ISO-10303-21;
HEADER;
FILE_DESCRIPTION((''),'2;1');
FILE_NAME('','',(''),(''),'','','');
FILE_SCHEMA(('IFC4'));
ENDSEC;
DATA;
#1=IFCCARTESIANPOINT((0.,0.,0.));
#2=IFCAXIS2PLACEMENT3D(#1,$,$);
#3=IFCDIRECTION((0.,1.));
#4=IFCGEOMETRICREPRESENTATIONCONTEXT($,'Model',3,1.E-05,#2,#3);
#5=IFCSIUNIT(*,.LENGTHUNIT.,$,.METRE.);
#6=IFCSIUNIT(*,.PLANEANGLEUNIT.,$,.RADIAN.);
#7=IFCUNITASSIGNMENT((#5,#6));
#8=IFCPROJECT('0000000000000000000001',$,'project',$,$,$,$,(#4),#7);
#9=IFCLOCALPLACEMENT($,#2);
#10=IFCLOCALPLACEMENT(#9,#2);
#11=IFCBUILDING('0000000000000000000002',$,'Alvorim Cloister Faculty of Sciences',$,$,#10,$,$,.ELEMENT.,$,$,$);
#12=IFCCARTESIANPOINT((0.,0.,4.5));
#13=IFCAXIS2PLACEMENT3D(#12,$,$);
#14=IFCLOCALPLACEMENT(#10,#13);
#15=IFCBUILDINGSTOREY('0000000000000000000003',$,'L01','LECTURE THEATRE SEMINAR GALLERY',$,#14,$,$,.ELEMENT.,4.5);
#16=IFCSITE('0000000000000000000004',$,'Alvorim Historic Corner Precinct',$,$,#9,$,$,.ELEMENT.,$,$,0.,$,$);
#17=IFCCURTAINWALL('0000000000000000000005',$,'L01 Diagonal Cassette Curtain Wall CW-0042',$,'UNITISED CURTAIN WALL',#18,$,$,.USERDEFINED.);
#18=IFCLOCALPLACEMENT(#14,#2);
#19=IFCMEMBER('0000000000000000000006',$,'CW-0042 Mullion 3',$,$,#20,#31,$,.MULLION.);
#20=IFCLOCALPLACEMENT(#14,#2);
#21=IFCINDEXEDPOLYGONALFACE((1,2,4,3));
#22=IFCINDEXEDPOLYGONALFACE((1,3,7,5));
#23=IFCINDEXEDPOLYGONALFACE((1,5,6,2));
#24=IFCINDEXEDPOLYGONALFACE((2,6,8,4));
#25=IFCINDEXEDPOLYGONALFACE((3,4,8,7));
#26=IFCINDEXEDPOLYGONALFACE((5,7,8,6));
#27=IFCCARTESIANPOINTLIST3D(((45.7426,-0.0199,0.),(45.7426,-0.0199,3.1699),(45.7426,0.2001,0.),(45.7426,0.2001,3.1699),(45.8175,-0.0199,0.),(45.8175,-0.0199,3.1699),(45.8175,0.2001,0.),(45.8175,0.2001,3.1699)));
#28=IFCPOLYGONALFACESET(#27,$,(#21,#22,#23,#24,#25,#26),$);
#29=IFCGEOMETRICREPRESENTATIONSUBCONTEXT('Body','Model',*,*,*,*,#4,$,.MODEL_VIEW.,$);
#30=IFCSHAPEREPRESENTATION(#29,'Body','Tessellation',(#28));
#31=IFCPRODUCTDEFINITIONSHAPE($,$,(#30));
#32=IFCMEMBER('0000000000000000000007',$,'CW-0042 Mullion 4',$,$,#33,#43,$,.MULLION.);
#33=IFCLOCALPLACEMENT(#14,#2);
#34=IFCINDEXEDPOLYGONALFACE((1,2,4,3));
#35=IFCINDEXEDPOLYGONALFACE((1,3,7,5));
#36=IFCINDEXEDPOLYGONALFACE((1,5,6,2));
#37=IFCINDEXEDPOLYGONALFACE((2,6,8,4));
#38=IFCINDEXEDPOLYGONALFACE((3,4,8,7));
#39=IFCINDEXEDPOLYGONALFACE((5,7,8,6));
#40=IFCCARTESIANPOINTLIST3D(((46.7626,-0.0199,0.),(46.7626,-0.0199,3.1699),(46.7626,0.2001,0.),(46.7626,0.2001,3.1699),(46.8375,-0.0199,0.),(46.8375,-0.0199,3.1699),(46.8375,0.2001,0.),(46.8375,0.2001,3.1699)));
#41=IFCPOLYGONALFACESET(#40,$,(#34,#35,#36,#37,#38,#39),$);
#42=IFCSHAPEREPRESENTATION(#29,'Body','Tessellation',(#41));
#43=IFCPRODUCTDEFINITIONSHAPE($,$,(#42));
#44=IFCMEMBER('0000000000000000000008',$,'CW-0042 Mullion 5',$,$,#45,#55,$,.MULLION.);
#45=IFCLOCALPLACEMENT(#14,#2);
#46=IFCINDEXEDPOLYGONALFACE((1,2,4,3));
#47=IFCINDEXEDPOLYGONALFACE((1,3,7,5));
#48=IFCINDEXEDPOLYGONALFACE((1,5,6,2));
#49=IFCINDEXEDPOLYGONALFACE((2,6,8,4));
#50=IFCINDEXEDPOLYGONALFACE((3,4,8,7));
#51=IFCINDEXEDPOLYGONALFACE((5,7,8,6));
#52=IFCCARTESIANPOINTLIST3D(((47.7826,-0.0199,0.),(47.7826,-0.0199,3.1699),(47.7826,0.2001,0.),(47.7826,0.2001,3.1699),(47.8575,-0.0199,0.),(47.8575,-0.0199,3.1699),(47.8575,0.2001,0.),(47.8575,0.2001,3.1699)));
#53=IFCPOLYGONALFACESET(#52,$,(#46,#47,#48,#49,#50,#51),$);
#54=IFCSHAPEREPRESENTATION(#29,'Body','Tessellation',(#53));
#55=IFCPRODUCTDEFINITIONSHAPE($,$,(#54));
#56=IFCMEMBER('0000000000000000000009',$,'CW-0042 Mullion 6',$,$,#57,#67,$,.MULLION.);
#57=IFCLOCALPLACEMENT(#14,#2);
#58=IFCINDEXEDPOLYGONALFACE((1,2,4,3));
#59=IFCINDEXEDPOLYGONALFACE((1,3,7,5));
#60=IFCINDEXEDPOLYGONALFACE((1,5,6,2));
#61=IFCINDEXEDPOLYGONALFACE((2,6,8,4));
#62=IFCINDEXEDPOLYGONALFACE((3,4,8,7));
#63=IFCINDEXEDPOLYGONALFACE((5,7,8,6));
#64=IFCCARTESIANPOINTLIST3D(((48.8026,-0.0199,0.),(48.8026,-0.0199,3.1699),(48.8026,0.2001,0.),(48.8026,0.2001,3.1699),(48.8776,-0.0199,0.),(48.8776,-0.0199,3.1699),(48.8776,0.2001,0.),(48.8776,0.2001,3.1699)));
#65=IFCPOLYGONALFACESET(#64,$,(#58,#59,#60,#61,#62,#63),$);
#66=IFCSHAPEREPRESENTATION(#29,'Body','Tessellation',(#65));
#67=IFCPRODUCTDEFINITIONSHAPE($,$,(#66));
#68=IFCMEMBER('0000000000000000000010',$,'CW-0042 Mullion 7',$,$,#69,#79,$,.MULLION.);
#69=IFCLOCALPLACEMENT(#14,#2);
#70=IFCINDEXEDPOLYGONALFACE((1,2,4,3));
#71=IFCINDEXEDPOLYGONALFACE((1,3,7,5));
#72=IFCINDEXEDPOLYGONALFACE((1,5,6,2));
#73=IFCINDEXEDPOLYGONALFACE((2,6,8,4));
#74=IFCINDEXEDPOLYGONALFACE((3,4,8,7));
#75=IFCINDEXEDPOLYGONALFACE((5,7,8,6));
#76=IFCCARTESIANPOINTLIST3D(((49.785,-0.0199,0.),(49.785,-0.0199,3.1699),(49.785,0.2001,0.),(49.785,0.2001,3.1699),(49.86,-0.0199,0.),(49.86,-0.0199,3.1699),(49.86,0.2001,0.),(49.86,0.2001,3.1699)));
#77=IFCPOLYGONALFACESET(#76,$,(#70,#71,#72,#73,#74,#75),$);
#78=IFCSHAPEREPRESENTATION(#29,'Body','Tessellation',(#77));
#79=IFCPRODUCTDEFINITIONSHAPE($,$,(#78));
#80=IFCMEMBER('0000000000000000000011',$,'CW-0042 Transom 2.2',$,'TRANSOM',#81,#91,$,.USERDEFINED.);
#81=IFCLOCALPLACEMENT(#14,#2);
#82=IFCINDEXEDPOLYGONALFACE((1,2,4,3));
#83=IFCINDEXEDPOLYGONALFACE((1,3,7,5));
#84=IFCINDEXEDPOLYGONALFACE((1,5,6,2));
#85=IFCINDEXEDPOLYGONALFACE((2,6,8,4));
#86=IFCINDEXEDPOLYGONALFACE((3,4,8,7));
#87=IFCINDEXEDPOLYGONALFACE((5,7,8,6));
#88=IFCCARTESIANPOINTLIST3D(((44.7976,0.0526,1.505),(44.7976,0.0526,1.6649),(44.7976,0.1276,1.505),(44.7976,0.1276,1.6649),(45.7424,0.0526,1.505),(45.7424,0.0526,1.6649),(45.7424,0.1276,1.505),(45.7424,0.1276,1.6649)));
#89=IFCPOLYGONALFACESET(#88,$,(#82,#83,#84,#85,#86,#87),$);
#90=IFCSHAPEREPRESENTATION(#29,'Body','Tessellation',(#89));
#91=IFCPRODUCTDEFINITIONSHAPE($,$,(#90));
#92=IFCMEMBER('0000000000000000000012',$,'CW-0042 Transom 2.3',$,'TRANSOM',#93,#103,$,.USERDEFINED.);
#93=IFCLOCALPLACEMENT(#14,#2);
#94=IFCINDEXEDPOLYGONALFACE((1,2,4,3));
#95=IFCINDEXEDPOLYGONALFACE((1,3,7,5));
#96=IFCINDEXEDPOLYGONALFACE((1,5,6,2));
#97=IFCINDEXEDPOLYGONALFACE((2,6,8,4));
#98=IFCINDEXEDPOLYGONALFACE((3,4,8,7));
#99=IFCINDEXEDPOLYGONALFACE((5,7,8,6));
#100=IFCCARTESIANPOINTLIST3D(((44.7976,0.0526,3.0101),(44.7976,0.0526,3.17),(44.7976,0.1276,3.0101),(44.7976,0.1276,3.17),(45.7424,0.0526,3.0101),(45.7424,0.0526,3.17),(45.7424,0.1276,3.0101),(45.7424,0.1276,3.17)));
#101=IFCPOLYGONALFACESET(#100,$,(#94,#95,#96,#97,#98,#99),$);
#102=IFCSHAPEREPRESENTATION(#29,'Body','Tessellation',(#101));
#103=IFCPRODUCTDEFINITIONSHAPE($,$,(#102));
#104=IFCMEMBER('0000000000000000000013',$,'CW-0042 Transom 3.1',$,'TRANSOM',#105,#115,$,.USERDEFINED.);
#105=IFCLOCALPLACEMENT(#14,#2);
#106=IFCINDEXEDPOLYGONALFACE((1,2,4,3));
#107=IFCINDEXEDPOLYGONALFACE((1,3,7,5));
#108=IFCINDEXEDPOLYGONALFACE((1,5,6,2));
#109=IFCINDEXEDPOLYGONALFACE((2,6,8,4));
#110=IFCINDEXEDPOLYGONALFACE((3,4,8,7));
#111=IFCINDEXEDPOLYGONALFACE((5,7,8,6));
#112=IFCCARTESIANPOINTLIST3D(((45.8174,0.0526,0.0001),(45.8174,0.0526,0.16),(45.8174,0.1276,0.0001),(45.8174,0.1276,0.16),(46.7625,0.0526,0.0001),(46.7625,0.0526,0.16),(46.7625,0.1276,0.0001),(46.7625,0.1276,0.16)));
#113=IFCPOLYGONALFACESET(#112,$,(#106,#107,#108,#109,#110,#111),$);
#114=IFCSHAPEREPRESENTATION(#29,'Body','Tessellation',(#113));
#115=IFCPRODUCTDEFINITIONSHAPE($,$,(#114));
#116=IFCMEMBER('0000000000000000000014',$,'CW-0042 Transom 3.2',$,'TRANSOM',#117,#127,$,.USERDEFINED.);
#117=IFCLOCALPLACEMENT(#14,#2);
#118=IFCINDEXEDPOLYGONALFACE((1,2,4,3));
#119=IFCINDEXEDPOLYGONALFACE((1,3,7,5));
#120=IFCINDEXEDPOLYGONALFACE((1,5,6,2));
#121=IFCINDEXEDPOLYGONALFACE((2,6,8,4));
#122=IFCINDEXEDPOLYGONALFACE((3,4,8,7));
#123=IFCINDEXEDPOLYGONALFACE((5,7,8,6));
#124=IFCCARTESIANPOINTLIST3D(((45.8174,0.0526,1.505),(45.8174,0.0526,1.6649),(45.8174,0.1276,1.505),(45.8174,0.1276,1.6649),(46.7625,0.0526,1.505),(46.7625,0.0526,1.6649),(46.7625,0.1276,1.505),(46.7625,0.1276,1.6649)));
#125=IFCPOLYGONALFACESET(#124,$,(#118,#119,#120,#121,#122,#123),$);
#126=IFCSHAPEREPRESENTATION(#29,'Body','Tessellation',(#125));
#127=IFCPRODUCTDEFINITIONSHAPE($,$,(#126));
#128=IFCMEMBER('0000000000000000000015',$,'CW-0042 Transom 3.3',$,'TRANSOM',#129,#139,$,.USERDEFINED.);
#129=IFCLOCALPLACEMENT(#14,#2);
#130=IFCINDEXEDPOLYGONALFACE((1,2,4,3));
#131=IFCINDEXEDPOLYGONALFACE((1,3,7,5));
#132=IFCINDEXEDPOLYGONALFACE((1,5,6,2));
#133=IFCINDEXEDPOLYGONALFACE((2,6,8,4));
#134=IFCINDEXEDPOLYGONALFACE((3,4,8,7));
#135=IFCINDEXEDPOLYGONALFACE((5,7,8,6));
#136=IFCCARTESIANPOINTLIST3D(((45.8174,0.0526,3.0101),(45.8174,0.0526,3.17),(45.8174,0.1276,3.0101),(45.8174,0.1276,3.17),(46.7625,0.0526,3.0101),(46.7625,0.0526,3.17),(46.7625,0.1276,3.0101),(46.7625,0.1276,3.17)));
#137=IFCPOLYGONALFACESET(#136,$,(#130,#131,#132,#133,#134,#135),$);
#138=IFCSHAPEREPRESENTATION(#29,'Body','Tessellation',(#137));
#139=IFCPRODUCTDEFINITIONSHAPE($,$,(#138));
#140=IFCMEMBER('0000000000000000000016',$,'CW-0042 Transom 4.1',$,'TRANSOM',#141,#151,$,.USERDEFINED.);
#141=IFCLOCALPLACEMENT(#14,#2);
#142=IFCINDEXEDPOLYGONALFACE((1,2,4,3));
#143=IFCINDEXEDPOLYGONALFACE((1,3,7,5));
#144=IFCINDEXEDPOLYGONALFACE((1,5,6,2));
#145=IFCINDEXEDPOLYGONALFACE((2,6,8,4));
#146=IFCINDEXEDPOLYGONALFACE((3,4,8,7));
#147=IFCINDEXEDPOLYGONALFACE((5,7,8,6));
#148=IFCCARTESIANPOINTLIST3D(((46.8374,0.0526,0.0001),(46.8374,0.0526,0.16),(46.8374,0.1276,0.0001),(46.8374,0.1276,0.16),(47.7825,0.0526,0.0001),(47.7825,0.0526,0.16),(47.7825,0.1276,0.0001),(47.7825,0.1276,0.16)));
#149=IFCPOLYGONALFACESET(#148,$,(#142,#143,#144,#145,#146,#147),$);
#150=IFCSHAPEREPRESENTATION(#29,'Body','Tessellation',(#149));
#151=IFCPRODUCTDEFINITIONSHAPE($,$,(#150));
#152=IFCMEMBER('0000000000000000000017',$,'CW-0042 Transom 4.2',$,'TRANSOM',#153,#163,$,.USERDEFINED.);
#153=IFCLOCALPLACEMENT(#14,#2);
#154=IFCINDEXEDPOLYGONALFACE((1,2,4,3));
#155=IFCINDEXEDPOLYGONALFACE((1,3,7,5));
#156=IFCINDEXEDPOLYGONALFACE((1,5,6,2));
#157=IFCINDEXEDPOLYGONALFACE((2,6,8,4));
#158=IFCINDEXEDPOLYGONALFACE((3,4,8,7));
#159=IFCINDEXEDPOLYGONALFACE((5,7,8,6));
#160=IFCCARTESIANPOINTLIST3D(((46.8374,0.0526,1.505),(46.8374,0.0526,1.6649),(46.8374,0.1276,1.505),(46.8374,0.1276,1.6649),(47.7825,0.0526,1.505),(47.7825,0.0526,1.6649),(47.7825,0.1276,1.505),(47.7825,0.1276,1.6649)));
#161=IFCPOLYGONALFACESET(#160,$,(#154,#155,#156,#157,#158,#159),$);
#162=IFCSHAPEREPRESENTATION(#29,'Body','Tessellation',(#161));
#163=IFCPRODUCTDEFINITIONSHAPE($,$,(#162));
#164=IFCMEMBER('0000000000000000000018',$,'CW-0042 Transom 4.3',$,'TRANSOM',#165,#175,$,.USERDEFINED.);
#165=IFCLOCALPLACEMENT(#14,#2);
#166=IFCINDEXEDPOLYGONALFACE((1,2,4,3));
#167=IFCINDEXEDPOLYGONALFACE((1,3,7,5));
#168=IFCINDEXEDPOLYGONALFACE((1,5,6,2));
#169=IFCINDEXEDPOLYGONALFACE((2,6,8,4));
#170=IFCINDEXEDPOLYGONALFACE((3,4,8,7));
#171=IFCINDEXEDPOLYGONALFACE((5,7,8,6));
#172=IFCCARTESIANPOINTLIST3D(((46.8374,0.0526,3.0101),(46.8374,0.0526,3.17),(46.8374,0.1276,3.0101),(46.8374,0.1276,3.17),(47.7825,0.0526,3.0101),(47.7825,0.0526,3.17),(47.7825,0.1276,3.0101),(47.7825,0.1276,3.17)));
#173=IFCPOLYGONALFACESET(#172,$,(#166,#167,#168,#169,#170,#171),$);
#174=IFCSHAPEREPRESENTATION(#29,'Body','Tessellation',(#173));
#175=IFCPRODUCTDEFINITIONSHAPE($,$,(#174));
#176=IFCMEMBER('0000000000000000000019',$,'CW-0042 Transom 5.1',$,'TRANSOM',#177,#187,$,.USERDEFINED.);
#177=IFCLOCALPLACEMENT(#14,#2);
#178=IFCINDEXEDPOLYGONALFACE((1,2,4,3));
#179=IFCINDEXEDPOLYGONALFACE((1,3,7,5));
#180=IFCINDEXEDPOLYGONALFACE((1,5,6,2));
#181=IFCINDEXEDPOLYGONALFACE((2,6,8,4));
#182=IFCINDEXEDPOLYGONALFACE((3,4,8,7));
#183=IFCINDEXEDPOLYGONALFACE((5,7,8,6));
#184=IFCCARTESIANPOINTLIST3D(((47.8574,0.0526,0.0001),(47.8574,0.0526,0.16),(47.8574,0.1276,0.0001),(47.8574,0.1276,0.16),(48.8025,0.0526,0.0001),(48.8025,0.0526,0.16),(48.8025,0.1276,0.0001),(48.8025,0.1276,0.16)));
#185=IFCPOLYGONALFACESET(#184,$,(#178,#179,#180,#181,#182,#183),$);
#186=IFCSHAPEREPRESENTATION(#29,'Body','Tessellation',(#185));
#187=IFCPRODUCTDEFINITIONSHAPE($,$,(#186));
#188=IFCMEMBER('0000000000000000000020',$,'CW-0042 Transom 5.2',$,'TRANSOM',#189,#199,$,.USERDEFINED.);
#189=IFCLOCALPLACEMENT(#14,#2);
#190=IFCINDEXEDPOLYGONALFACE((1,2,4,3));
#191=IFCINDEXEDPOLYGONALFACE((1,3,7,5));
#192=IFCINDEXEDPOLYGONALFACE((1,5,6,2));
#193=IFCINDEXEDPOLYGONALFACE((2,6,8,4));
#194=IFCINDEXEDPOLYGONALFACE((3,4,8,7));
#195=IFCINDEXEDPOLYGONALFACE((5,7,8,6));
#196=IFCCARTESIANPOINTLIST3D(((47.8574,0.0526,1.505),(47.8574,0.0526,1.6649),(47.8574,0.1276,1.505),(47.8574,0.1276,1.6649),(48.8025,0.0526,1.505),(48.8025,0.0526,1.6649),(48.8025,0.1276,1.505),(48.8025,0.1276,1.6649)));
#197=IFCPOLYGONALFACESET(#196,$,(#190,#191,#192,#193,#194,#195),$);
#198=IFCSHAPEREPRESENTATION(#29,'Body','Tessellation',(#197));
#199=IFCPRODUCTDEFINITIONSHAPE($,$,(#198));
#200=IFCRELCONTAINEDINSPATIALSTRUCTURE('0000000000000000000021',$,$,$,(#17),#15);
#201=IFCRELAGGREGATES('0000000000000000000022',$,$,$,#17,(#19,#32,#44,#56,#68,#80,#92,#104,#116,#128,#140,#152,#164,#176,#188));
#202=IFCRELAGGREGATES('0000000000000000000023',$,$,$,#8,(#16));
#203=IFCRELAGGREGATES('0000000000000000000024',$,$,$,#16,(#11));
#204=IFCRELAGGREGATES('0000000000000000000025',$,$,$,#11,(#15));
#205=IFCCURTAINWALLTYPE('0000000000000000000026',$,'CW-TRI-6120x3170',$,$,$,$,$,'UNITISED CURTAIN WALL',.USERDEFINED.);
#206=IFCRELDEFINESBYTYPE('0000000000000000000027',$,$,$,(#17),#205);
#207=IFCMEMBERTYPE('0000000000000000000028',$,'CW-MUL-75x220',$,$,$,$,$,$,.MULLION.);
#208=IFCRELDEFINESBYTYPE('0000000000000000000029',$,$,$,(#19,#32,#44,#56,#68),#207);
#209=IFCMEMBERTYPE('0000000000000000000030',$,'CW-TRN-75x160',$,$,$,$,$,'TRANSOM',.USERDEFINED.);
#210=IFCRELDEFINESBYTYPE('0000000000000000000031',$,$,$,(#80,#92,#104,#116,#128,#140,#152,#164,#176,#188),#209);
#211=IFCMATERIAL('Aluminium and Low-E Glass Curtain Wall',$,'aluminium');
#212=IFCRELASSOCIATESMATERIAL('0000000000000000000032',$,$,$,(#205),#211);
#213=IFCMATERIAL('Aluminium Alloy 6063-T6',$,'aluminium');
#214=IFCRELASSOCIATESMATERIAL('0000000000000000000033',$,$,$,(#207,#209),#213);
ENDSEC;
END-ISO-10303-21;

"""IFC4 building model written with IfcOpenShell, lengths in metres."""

from ifc_helpers import new_model, si_unit, direction, frame, origin, origin_2d, place, context, subcontext, project, spatial, rectangle, extrude, material, material_profile, profile_set, type_object, element, aggregate, save


model = new_model("IFC4")

# Units and contexts
model_context = context("Model", 3, precision=1e-05, world=origin(), true_north=direction((0.0, 1.0)))
body_context = subcontext(model_context, "Body", "Model", "MODEL_VIEW")
ifc_project = project(units=[si_unit("LENGTHUNIT", "METRE"), si_unit("PLANEANGLEUNIT", "RADIAN")], contexts=[model_context])

# Site, building, storey
site_placement = place(None, origin())
site = spatial("IfcSite", under=ifc_project, at=site_placement, Name="Alvorim Historic Corner Precinct", CompositionType="ELEMENT", RefElevation=0.0)
building_placement = place(site_placement, origin())
building = spatial("IfcBuilding", under=site, at=building_placement, Name="Alvorim Cloister Faculty of Sciences", CompositionType="ELEMENT")
storey_placement = place(building_placement, frame((0.0, 0.0, 4.5)))
storey = spatial("IfcBuildingStorey", under=building, at=storey_placement, Name="L01", Description="LECTURE THEATRE SEMINAR GALLERY", CompositionType="ELEMENT", Elevation=4.5)

# Curtain wall, members
ifc_material_1 = material(Name="Aluminium and Low-E Glass Curtain Wall", Category="aluminium")
curtain_wall_type = type_object("IfcCurtainWallType", Name="CW-TRI-6120x3170", ElementType="UNITISED CURTAIN WALL", PredefinedType="USERDEFINED", material=ifc_material_1)
curtain_wall_placement = place(storey_placement, origin())
curtain_wall = element("IfcCurtainWall", 1, at=curtain_wall_placement, inside=storey, type_object=curtain_wall_type, Name="L01 Diagonal Cassette Curtain Wall CW-0042", ObjectType="UNITISED CURTAIN WALL", PredefinedType="USERDEFINED")
ifc_material_2 = material(Name="Aluminium Alloy 6063-T6", Category="aluminium")
ifc_material_profile_1 = material_profile(ifc_material_2, rectangle(XDim=0.075, YDim=0.22, at=origin_2d()), Name="ALU-MUL-75x220")
ifc_profile_set_1 = profile_set([ifc_material_profile_1], Name="Aluminium Alloy 6063-T6")
member_type_1 = type_object("IfcMemberType", Name="CW-MUL-75x220", PredefinedType="MULLION", material=ifc_profile_set_1)
member_1_placement = place(storey_placement, frame((45.78, 0.0901, 0.0), z_axis=(0.0, 0.0, 1.0), x_axis=(1.0, 0.0, 0.0)))
member_1 = element("IfcMember", 2, at=member_1_placement, type_object=member_type_1, Name="CW-0042 Mullion 3", PredefinedType="MULLION", context=body_context, shape_type="SweptSolid", body=[
    extrude(rectangle(XDim=0.075, YDim=0.22, at=origin_2d()), origin(), (0.0, 0.0, 1.0), 3.1699),
])
member_2_placement = place(storey_placement, frame((46.8, 0.0901, 0.0), z_axis=(0.0, 0.0, 1.0), x_axis=(1.0, 0.0, 0.0)))
member_2 = element("IfcMember", 3, at=member_2_placement, type_object=member_type_1, Name="CW-0042 Mullion 4", PredefinedType="MULLION", context=body_context, shape_type="SweptSolid", body=[
    extrude(rectangle(XDim=0.075, YDim=0.22, at=origin_2d()), origin(), (0.0, 0.0, 1.0), 3.1699),
])
member_3_placement = place(storey_placement, frame((47.8201, 0.0901, 0.0), z_axis=(0.0, 0.0, 1.0), x_axis=(1.0, 0.0, 0.0)))
member_3 = element("IfcMember", 4, at=member_3_placement, type_object=member_type_1, Name="CW-0042 Mullion 5", PredefinedType="MULLION", context=body_context, shape_type="SweptSolid", body=[
    extrude(rectangle(XDim=0.075, YDim=0.22, at=origin_2d()), origin(), (0.0, 0.0, 1.0), 3.1699),
])
member_4_placement = place(storey_placement, frame((48.8401, 0.0901, 0.0), z_axis=(0.0, 0.0, 1.0), x_axis=(1.0, 0.0, 0.0)))
member_4 = element("IfcMember", 5, at=member_4_placement, type_object=member_type_1, Name="CW-0042 Mullion 6", PredefinedType="MULLION", context=body_context, shape_type="SweptSolid", body=[
    extrude(rectangle(XDim=0.075, YDim=0.22, at=origin_2d()), origin(), (0.0, 0.0, 1.0), 3.1699),
])
member_5_placement = place(storey_placement, frame((49.8225, 0.0901, 0.0), z_axis=(0.0, 0.0, 1.0), x_axis=(1.0, 0.0, 0.0)))
member_5 = element("IfcMember", 6, at=member_5_placement, type_object=member_type_1, Name="CW-0042 Mullion 7", PredefinedType="MULLION", context=body_context, shape_type="SweptSolid", body=[
    extrude(rectangle(XDim=0.075, YDim=0.22, at=origin_2d()), origin(), (0.0, 0.0, 1.0), 3.1699),
])
ifc_material_profile_2 = material_profile(ifc_material_2, rectangle(XDim=0.075, YDim=0.1599, at=origin_2d()), Name="ALU-TRN-75x160")
ifc_profile_set_2 = profile_set([ifc_material_profile_2], Name="Aluminium Alloy 6063-T6")
member_type_2 = type_object("IfcMemberType", Name="CW-TRN-75x160", ElementType="TRANSOM", PredefinedType="USERDEFINED", material=ifc_profile_set_2)
member_6_placement = place(storey_placement, frame((44.7976, 0.0901, 1.585), z_axis=(1.0, 0.0, 0.0), x_axis=(0.0, 1.0, 0.0)))
member_6 = element("IfcMember", 7, at=member_6_placement, type_object=member_type_2, Name="CW-0042 Transom 2.2", ObjectType="TRANSOM", PredefinedType="USERDEFINED", context=body_context, shape_type="SweptSolid", body=[
    extrude(rectangle(XDim=0.075, YDim=0.1599, at=origin_2d()), origin(), (0.0, 0.0, 1.0), 0.9448),
])
member_7_placement = place(storey_placement, frame((44.7976, 0.0901, 3.0901), z_axis=(1.0, 0.0, 0.0), x_axis=(0.0, 1.0, 0.0)))
member_7 = element("IfcMember", 8, at=member_7_placement, type_object=member_type_2, Name="CW-0042 Transom 2.3", ObjectType="TRANSOM", PredefinedType="USERDEFINED", context=body_context, shape_type="SweptSolid", body=[
    extrude(rectangle(XDim=0.075, YDim=0.1599, at=origin_2d()), origin(), (0.0, 0.0, 1.0), 0.9448),
])
member_8_placement = place(storey_placement, frame((45.8174, 0.0901, 0.0801), z_axis=(1.0, 0.0, 0.0), x_axis=(0.0, 1.0, 0.0)))
member_8 = element("IfcMember", 9, at=member_8_placement, type_object=member_type_2, Name="CW-0042 Transom 3.1", ObjectType="TRANSOM", PredefinedType="USERDEFINED", context=body_context, shape_type="SweptSolid", body=[
    extrude(rectangle(XDim=0.075, YDim=0.1599, at=origin_2d()), origin(), (0.0, 0.0, 1.0), 0.9451),
])
member_9_placement = place(storey_placement, frame((45.8174, 0.0901, 1.585), z_axis=(1.0, 0.0, 0.0), x_axis=(0.0, 1.0, 0.0)))
member_9 = element("IfcMember", 10, at=member_9_placement, type_object=member_type_2, Name="CW-0042 Transom 3.2", ObjectType="TRANSOM", PredefinedType="USERDEFINED", context=body_context, shape_type="SweptSolid", body=[
    extrude(rectangle(XDim=0.075, YDim=0.1599, at=origin_2d()), origin(), (0.0, 0.0, 1.0), 0.9451),
])
member_10_placement = place(storey_placement, frame((45.8174, 0.0901, 3.0901), z_axis=(1.0, 0.0, 0.0), x_axis=(0.0, 1.0, 0.0)))
member_10 = element("IfcMember", 11, at=member_10_placement, type_object=member_type_2, Name="CW-0042 Transom 3.3", ObjectType="TRANSOM", PredefinedType="USERDEFINED", context=body_context, shape_type="SweptSolid", body=[
    extrude(rectangle(XDim=0.075, YDim=0.1599, at=origin_2d()), origin(), (0.0, 0.0, 1.0), 0.9451),
])
member_11_placement = place(storey_placement, frame((46.8374, 0.0901, 0.0801), z_axis=(1.0, 0.0, 0.0), x_axis=(0.0, 1.0, 0.0)))
member_11 = element("IfcMember", 12, at=member_11_placement, type_object=member_type_2, Name="CW-0042 Transom 4.1", ObjectType="TRANSOM", PredefinedType="USERDEFINED", context=body_context, shape_type="SweptSolid", body=[
    extrude(rectangle(XDim=0.075, YDim=0.1599, at=origin_2d()), origin(), (0.0, 0.0, 1.0), 0.9451),
])
member_12_placement = place(storey_placement, frame((46.8374, 0.0901, 1.585), z_axis=(1.0, 0.0, 0.0), x_axis=(0.0, 1.0, 0.0)))
member_12 = element("IfcMember", 13, at=member_12_placement, type_object=member_type_2, Name="CW-0042 Transom 4.2", ObjectType="TRANSOM", PredefinedType="USERDEFINED", context=body_context, shape_type="SweptSolid", body=[
    extrude(rectangle(XDim=0.075, YDim=0.1599, at=origin_2d()), origin(), (0.0, 0.0, 1.0), 0.9451),
])
member_13_placement = place(storey_placement, frame((46.8374, 0.0901, 3.0901), z_axis=(1.0, 0.0, 0.0), x_axis=(0.0, 1.0, 0.0)))
member_13 = element("IfcMember", 14, at=member_13_placement, type_object=member_type_2, Name="CW-0042 Transom 4.3", ObjectType="TRANSOM", PredefinedType="USERDEFINED", context=body_context, shape_type="SweptSolid", body=[
    extrude(rectangle(XDim=0.075, YDim=0.1599, at=origin_2d()), origin(), (0.0, 0.0, 1.0), 0.9451),
])
member_14_placement = place(storey_placement, frame((47.8574, 0.0901, 0.0801), z_axis=(1.0, 0.0, 0.0), x_axis=(0.0, 1.0, 0.0)))
member_14 = element("IfcMember", 15, at=member_14_placement, type_object=member_type_2, Name="CW-0042 Transom 5.1", ObjectType="TRANSOM", PredefinedType="USERDEFINED", context=body_context, shape_type="SweptSolid", body=[
    extrude(rectangle(XDim=0.075, YDim=0.1599, at=origin_2d()), origin(), (0.0, 0.0, 1.0), 0.9451),
])
member_15_placement = place(storey_placement, frame((47.8574, 0.0901, 1.585), z_axis=(1.0, 0.0, 0.0), x_axis=(0.0, 1.0, 0.0)))
member_15 = element("IfcMember", 16, at=member_15_placement, type_object=member_type_2, Name="CW-0042 Transom 5.2", ObjectType="TRANSOM", PredefinedType="USERDEFINED", context=body_context, shape_type="SweptSolid", body=[
    extrude(rectangle(XDim=0.075, YDim=0.1599, at=origin_2d()), origin(), (0.0, 0.0, 1.0), 0.9451),
])
aggregate(curtain_wall, [member_1, member_2, member_3, member_4, member_5, member_6, member_7, member_8, member_9, member_10, member_11, member_12, member_13, member_14, member_15])

save(model, "model.ifc")
